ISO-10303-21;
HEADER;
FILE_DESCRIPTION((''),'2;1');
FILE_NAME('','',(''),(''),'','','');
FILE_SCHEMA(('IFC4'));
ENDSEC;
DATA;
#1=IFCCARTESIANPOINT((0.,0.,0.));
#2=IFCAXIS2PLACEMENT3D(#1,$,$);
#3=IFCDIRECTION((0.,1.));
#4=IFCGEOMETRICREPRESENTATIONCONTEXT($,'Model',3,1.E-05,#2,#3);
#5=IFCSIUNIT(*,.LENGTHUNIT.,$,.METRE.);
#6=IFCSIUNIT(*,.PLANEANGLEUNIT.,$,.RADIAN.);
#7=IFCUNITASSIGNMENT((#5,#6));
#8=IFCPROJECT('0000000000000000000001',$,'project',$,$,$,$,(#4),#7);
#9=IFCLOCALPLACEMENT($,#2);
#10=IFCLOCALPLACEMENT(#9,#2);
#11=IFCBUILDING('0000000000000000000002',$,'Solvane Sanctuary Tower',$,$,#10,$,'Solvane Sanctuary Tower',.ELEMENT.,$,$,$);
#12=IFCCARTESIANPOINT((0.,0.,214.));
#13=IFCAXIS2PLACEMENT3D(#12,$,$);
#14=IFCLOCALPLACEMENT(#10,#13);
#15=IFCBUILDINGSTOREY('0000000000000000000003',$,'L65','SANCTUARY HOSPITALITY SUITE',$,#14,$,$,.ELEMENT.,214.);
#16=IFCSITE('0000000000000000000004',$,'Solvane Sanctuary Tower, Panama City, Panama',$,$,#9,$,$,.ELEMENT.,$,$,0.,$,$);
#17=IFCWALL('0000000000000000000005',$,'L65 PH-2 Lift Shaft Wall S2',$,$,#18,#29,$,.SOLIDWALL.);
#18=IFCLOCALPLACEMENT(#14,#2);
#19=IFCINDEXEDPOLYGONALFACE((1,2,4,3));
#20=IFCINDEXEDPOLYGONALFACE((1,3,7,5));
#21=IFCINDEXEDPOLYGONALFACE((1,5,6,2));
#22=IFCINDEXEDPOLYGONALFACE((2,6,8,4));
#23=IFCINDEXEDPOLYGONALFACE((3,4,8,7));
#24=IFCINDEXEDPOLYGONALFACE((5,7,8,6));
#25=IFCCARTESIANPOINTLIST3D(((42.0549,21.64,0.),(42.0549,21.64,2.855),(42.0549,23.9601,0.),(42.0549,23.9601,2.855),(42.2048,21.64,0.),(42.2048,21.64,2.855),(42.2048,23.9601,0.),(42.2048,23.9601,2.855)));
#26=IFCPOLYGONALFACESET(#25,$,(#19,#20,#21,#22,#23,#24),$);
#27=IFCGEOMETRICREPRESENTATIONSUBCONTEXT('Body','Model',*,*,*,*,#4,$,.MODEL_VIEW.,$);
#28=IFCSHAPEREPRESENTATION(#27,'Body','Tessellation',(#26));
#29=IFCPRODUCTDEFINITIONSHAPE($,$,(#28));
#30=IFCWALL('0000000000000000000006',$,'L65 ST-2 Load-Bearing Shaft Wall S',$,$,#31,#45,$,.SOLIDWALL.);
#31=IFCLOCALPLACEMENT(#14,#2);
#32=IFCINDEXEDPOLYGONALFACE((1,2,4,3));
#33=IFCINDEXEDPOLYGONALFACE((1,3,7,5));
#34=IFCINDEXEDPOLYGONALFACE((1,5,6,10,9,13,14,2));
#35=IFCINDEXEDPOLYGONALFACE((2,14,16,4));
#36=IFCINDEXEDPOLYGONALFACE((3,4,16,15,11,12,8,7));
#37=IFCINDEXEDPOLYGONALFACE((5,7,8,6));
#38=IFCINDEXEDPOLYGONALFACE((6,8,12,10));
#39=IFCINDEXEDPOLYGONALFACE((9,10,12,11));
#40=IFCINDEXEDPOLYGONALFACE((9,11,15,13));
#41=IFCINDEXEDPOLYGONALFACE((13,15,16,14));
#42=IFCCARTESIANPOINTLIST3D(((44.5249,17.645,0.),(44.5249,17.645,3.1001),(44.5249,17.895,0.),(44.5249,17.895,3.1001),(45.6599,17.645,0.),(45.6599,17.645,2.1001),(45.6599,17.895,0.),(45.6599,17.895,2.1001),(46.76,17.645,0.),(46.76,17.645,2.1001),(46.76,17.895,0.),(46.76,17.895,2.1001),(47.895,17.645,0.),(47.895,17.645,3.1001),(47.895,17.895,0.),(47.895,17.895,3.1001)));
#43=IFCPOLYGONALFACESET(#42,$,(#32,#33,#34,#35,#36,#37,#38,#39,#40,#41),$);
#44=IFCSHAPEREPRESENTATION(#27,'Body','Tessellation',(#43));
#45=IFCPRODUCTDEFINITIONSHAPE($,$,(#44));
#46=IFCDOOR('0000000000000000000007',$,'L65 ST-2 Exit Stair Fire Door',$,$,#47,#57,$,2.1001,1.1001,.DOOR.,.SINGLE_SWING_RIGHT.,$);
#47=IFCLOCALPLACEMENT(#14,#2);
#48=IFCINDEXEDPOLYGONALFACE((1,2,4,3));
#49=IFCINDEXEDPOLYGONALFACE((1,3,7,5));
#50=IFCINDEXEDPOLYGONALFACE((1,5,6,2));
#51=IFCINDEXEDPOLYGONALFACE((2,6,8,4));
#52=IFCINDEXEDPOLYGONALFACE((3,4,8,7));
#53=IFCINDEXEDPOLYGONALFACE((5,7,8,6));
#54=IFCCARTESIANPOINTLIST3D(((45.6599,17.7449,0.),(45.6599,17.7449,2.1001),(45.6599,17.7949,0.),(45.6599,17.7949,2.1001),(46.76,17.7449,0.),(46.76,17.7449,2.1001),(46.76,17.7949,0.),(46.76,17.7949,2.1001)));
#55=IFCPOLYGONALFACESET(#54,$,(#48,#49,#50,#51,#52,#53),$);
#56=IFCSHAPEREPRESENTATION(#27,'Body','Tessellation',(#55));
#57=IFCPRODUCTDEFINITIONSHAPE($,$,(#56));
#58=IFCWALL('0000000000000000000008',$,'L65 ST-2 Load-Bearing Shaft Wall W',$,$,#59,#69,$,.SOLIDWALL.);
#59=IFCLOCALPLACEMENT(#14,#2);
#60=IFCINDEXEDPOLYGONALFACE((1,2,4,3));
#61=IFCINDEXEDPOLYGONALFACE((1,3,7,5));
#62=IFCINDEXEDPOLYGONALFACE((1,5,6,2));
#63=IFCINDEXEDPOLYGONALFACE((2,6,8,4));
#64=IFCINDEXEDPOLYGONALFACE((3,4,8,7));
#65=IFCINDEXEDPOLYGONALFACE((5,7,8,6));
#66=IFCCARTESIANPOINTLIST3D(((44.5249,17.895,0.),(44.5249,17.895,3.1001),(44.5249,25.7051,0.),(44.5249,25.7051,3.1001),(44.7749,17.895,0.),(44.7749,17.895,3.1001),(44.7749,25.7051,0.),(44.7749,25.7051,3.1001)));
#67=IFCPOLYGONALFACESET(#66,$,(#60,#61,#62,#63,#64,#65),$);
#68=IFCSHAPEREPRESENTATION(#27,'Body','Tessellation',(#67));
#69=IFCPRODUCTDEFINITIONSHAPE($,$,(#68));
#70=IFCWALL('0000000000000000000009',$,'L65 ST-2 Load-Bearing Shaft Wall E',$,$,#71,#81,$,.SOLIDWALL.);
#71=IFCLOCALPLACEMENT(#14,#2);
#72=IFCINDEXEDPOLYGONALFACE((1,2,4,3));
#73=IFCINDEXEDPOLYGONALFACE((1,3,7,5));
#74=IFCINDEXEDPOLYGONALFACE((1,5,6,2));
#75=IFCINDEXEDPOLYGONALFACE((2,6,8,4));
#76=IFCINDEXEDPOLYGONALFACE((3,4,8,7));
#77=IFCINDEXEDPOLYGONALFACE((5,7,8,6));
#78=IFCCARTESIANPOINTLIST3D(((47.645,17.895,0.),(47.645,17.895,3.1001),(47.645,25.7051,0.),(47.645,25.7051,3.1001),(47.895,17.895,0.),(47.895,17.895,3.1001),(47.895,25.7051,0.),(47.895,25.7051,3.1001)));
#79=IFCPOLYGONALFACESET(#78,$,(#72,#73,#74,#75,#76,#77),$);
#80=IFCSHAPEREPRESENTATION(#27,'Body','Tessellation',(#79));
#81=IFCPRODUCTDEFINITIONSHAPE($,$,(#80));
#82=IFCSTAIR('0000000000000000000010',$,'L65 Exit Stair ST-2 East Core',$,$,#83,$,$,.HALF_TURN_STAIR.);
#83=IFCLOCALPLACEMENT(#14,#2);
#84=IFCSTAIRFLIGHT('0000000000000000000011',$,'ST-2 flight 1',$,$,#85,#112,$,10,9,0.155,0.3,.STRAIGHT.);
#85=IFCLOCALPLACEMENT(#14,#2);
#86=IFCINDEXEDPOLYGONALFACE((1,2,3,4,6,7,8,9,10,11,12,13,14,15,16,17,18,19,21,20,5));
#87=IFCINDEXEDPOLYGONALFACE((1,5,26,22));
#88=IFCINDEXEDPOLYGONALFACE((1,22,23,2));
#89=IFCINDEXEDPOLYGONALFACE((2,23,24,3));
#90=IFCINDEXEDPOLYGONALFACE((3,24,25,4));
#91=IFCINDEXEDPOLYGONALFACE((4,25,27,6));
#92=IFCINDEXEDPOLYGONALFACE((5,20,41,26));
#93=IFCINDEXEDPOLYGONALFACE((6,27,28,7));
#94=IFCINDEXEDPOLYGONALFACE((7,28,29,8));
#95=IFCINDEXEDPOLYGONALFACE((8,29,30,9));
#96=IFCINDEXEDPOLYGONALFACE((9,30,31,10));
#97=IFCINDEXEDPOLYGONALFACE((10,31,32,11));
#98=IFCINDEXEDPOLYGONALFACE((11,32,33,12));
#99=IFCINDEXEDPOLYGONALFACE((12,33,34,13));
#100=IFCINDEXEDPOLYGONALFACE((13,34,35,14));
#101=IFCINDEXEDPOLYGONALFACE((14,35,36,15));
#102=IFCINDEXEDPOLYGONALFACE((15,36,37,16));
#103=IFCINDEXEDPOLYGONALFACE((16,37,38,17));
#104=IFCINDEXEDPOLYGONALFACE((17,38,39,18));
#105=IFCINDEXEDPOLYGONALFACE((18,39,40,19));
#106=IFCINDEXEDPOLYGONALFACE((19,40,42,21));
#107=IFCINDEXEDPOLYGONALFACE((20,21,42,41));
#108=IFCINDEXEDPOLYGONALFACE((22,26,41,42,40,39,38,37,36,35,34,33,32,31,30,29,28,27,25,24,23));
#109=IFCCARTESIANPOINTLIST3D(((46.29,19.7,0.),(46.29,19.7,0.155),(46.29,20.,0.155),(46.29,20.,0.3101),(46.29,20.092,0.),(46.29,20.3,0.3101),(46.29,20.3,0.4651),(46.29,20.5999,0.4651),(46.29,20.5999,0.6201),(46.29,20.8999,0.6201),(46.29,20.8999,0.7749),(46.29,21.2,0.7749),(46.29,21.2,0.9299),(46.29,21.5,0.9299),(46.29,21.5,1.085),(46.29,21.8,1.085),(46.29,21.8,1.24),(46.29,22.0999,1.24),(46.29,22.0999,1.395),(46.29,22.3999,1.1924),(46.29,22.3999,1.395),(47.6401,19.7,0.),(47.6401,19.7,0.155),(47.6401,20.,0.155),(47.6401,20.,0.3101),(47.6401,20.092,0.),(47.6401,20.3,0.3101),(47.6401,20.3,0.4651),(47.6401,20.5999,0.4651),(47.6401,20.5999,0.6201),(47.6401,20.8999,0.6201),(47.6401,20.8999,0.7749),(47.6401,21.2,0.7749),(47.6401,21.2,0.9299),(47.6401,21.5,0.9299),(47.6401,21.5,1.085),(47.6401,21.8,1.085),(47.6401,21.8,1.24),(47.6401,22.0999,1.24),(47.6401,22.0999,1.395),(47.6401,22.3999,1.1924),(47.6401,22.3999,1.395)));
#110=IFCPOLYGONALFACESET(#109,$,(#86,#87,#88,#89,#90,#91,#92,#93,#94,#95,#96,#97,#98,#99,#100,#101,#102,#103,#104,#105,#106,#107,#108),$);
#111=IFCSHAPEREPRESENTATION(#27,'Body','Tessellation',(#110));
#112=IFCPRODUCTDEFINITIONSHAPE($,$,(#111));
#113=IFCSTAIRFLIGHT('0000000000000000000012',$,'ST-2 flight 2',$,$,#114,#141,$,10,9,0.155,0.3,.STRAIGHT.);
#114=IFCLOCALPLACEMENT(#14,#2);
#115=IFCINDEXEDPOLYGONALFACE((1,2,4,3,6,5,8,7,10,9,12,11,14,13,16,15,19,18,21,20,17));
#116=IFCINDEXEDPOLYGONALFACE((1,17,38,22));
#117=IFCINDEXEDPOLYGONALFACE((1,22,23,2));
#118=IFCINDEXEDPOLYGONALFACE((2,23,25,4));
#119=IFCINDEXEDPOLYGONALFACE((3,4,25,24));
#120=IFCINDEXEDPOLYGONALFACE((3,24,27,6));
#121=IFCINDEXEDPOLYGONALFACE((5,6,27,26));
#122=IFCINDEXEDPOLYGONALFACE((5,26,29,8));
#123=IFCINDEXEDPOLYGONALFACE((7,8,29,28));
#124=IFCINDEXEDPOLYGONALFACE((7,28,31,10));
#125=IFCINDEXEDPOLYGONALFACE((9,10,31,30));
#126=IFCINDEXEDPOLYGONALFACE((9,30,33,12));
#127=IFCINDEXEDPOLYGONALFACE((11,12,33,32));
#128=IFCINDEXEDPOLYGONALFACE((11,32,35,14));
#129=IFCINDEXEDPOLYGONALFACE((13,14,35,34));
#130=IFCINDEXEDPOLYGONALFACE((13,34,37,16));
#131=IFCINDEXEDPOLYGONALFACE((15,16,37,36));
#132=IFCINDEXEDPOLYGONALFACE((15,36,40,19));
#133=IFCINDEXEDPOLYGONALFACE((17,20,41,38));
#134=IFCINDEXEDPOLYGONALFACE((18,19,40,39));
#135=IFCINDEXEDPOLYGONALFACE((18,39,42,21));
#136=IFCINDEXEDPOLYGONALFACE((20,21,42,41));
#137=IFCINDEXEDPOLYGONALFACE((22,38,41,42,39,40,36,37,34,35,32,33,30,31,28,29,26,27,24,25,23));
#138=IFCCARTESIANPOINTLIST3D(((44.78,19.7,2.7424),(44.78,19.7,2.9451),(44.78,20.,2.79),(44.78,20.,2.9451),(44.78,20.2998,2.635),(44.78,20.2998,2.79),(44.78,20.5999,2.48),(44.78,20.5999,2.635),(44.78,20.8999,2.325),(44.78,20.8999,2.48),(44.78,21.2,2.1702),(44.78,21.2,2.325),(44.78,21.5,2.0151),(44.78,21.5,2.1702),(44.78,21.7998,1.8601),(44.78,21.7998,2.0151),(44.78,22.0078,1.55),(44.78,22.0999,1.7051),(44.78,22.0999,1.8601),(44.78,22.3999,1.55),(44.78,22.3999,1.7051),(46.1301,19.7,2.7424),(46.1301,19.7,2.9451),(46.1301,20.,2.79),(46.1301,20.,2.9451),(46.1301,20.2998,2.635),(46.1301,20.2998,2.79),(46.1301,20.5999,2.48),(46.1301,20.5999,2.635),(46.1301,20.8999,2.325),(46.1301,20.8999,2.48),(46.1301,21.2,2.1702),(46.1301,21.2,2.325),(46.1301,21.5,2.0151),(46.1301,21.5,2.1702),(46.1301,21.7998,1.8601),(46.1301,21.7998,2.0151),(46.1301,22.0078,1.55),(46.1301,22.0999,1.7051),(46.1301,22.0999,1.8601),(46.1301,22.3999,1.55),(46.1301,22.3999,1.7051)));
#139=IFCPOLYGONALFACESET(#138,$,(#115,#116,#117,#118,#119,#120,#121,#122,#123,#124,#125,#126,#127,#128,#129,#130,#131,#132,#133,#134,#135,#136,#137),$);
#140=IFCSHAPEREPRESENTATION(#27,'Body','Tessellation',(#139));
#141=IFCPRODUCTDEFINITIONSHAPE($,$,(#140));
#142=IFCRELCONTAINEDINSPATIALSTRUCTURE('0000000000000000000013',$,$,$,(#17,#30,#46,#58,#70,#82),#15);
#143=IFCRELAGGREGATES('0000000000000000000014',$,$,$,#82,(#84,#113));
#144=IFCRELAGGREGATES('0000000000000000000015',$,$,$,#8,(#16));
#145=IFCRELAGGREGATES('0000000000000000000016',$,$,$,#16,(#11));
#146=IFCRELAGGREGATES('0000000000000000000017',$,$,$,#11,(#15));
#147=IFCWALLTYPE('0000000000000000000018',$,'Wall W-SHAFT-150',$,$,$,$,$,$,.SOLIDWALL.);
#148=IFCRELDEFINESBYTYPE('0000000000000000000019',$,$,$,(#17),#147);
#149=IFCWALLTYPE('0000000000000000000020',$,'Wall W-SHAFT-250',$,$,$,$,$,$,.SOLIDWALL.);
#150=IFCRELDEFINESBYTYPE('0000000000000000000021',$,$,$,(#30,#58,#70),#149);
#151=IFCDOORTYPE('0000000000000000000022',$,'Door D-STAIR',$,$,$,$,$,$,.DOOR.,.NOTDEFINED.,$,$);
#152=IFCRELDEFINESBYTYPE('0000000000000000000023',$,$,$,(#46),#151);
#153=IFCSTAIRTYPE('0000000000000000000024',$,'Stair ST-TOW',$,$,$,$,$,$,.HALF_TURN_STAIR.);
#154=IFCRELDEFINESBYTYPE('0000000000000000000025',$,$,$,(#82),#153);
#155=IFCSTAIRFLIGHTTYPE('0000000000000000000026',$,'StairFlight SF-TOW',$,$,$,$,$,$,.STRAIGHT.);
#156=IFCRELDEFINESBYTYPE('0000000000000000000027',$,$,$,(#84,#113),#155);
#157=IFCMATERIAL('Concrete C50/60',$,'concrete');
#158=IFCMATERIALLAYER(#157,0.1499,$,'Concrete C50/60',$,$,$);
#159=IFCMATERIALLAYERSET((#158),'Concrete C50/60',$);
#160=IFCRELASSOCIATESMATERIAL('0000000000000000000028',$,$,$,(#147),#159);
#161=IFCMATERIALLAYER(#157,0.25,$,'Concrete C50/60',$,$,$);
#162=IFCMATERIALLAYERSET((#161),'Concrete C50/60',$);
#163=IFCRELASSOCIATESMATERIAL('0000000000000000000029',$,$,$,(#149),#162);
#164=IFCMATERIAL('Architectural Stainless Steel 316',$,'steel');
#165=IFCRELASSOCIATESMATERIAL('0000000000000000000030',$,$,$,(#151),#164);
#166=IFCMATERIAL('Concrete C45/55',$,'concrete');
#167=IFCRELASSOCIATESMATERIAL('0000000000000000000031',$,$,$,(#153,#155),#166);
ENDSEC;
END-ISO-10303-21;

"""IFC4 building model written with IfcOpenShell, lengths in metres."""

from ifc_helpers import new_model, si_unit, direction, frame, frame_2d, origin, place, context, subcontext, project, spatial, polyline, rectangle, outline, extrude, material, layer, layer_set, type_object, element, fill, aggregate, save


model = new_model("IFC4")

# Units and contexts
model_context = context("Model", 3, precision=1e-05, world=origin(), true_north=direction((0.0, 1.0)))
body_context = subcontext(model_context, "Body", "Model", "MODEL_VIEW")
ifc_project = project(units=[si_unit("LENGTHUNIT", "METRE"), si_unit("PLANEANGLEUNIT", "RADIAN")], contexts=[model_context])

# Site, building, storey
site_placement = place(None, origin())
site = spatial("IfcSite", under=ifc_project, at=site_placement, Name="Solvane Sanctuary Tower, Panama City, Panama", CompositionType="ELEMENT", RefElevation=0.0)
building_placement = place(site_placement, origin())
building = spatial("IfcBuilding", under=site, at=building_placement, Name="Solvane Sanctuary Tower", LongName="Solvane Sanctuary Tower", CompositionType="ELEMENT")
storey_placement = place(building_placement, frame((0.0, 0.0, 214.0)))
storey = spatial("IfcBuildingStorey", under=building, at=storey_placement, Name="L65", Description="SANCTUARY HOSPITALITY SUITE", CompositionType="ELEMENT", Elevation=214.0)

# Shared definitions
ifc_material_1 = material(Name="Architectural Stainless Steel 316", Category="steel")

# Shared definitions
ifc_material_2 = material(Name="Concrete C50/60", Category="concrete")
ifc_layer_1 = layer(ifc_material_2, 0.1499, Name="Concrete C50/60")
ifc_layer_set_1 = layer_set([ifc_layer_1], Name="Concrete C50/60")
wall_type_1 = type_object("IfcWallType", Name="Wall W-SHAFT-150", PredefinedType="SOLIDWALL", material=ifc_layer_set_1)

# Wall
wall_1_placement = place(storey_placement, frame((42.1299, 21.6399, 0.0), z_axis=(0.0, 0.0, 1.0), x_axis=(0.0, 1.0, 0.0)))
element("IfcWall", 1, at=wall_1_placement, inside=storey, type_object=wall_type_1, Name="L65 PH-2 Lift Shaft Wall S2", PredefinedType="SOLIDWALL", context=body_context, shape_type="SweptSolid", body=[
    extrude(rectangle(XDim=2.3201, YDim=0.1499, at=frame_2d((1.1602, 0.0))), origin(), (0.0, 0.0, 1.0), 2.855),
])

# Wall, opening, door
ifc_layer_2 = layer(ifc_material_2, 0.25, Name="Concrete C50/60")
ifc_layer_set_2 = layer_set([ifc_layer_2], Name="Concrete C50/60")
wall_type_2 = type_object("IfcWallType", Name="Wall W-SHAFT-250", PredefinedType="SOLIDWALL", material=ifc_layer_set_2)
wall_2_placement = place(storey_placement, frame((44.5249, 17.77, 0.0), z_axis=(0.0, 0.0, 1.0), x_axis=(1.0, 0.0, 0.0)))
wall_2 = element("IfcWall", 2, at=wall_2_placement, inside=storey, type_object=wall_type_2, Name="L65 ST-2 Load-Bearing Shaft Wall S", PredefinedType="SOLIDWALL", context=body_context, shape_type="SweptSolid", body=[
    extrude(rectangle(XDim=3.3701, YDim=0.25, at=frame_2d((1.6851, 0.0))), origin(), (0.0, 0.0, 1.0), 3.1001),
])
opening_1_placement = place(wall_2_placement, frame((1.135, 0.0, 0.0)))
opening_1 = element("IfcOpeningElement", 3, at=opening_1_placement, cuts=wall_2, PredefinedType="OPENING", context=body_context, shape_type="SweptSolid", body=[
    extrude(rectangle(XDim=1.1001, YDim=2.1001, at=frame_2d((0.55, 1.05))), frame((0.0, 0.135, 0.0), z_axis=(0.0, -1.0, 0.0), x_axis=(1.0, 0.0, 0.0)), (0.0, 0.0, 1.0), 0.27),
])
door_type_1 = type_object("IfcDoorType", Name="Door D-STAIR", OperationType="NOTDEFINED", PredefinedType="DOOR", material=ifc_material_1)
door_1_placement = place(opening_1_placement, origin())
door_1 = element("IfcDoor", 4, at=door_1_placement, inside=storey, type_object=door_type_1, Name="L65 ST-2 Exit Stair Fire Door", OperationType="SINGLE_SWING_RIGHT", OverallHeight=2.1001, OverallWidth=1.1001, PredefinedType="DOOR", context=body_context, shape_type="SweptSolid", body=[
    extrude(rectangle(XDim=1.1001, YDim=2.1001, at=frame_2d((0.55, 1.05))), frame((0.0, 0.0249, 0.0), z_axis=(0.0, -1.0, 0.0), x_axis=(1.0, 0.0, 0.0)), (0.0, 0.0, 1.0), 0.05),
])
fill(opening_1, door_1)

# Walls
for number, where, z_axis, x_axis, name in (
    (5, (44.6499, 17.895, 0.0), (0.0, 0.0, 1.0), (0.0, 1.0, 0.0), "L65 ST-2 Load-Bearing Shaft Wall W"),
    (6, (47.77, 17.895, 0.0), (0.0, 0.0, 1.0), (0.0, 1.0, 0.0), "L65 ST-2 Load-Bearing Shaft Wall E"),
):
    element("IfcWall", number, at=place(storey_placement, frame(where, z_axis=z_axis, x_axis=x_axis)), inside=storey, type_object=wall_type_2, Name=name, PredefinedType="SOLIDWALL", context=body_context, shape_type="SweptSolid", body=[
        extrude(rectangle(XDim=7.8101, YDim=0.25, at=frame_2d((3.905, 0.0))), origin(), (0.0, 0.0, 1.0), 3.1001),
    ])

# Stair, stair flights
ifc_material_3 = material(Name="Concrete C45/55", Category="concrete")
stair_type = type_object("IfcStairType", Name="Stair ST-TOW", PredefinedType="HALF_TURN_STAIR", material=ifc_material_3)
stair_placement = place(storey_placement, origin())
stair = element("IfcStair", 7, at=stair_placement, inside=storey, type_object=stair_type, Name="L65 Exit Stair ST-2 East Core", PredefinedType="HALF_TURN_STAIR")
stair_flight_type = type_object("IfcStairFlightType", Name="StairFlight SF-TOW", PredefinedType="STRAIGHT", material=ifc_material_3)
stair_flight_1_placement = place(storey_placement, frame((46.9651, 19.7, 0.0), z_axis=(0.0, 0.0, 1.0), x_axis=(0.0, 1.0, 0.0)))
stair_flight_1 = element("IfcStairFlight", 8, at=stair_flight_1_placement, type_object=stair_flight_type, Name="ST-2 flight 1", NumberOfRisers=10, NumberOfTreads=9, PredefinedType="STRAIGHT", RiserHeight=0.155, TreadLength=0.3, context=body_context, shape_type="SweptSolid", body=[
    extrude(outline(polyline([(0.0, 0.0), (0.0, 0.155), (0.3, 0.155), (0.3, 0.3101), (0.6001, 0.3101), (0.6001, 0.4651), (0.8999, 0.4651), (0.8999, 0.6201), (1.2, 0.6201), (1.2, 0.7749), (1.5, 0.7749), (1.5, 0.9299), (1.8, 0.9299), (1.8, 1.085), (2.1001, 1.085), (2.1001, 1.24), (2.3999, 1.24), (2.3999, 1.395), (2.7, 1.395), (2.7, 1.55), (2.7, 1.1924), (0.3921, 0.0), (0.0, 0.0)])), frame((0.0, 0.675, 0.0), z_axis=(0.0, -1.0, 0.0), x_axis=(1.0, 0.0, 0.0)), (0.0, 0.0, 1.0), 1.3501),
])
stair_flight_2_placement = place(storey_placement, frame((45.4551, 22.3999, 1.55), z_axis=(0.0, 0.0, 1.0), x_axis=(0.0, -1.0, 0.0)))
stair_flight_2 = element("IfcStairFlight", 9, at=stair_flight_2_placement, type_object=stair_flight_type, Name="ST-2 flight 2", NumberOfRisers=10, NumberOfTreads=9, PredefinedType="STRAIGHT", RiserHeight=0.155, TreadLength=0.3, context=body_context, shape_type="SweptSolid", body=[
    extrude(outline(polyline([(0.0, 0.0), (0.0, 0.155), (0.3, 0.155), (0.3, 0.3101), (0.6001, 0.3101), (0.6001, 0.4651), (0.8999, 0.4651), (0.8999, 0.6201), (1.2, 0.6201), (1.2, 0.7749), (1.5, 0.7749), (1.5, 0.9299), (1.8, 0.9299), (1.8, 1.085), (2.1001, 1.085), (2.1001, 1.24), (2.3999, 1.24), (2.3999, 1.395), (2.7, 1.395), (2.7, 1.55), (2.7, 1.1924), (0.3921, 0.0), (0.0, 0.0)])), frame((0.0, 0.675, 0.0), z_axis=(0.0, -1.0, 0.0), x_axis=(1.0, 0.0, 0.0)), (0.0, 0.0, 1.0), 1.3501),
])
aggregate(stair, [stair_flight_1, stair_flight_2])

save(model, "model.ifc")
